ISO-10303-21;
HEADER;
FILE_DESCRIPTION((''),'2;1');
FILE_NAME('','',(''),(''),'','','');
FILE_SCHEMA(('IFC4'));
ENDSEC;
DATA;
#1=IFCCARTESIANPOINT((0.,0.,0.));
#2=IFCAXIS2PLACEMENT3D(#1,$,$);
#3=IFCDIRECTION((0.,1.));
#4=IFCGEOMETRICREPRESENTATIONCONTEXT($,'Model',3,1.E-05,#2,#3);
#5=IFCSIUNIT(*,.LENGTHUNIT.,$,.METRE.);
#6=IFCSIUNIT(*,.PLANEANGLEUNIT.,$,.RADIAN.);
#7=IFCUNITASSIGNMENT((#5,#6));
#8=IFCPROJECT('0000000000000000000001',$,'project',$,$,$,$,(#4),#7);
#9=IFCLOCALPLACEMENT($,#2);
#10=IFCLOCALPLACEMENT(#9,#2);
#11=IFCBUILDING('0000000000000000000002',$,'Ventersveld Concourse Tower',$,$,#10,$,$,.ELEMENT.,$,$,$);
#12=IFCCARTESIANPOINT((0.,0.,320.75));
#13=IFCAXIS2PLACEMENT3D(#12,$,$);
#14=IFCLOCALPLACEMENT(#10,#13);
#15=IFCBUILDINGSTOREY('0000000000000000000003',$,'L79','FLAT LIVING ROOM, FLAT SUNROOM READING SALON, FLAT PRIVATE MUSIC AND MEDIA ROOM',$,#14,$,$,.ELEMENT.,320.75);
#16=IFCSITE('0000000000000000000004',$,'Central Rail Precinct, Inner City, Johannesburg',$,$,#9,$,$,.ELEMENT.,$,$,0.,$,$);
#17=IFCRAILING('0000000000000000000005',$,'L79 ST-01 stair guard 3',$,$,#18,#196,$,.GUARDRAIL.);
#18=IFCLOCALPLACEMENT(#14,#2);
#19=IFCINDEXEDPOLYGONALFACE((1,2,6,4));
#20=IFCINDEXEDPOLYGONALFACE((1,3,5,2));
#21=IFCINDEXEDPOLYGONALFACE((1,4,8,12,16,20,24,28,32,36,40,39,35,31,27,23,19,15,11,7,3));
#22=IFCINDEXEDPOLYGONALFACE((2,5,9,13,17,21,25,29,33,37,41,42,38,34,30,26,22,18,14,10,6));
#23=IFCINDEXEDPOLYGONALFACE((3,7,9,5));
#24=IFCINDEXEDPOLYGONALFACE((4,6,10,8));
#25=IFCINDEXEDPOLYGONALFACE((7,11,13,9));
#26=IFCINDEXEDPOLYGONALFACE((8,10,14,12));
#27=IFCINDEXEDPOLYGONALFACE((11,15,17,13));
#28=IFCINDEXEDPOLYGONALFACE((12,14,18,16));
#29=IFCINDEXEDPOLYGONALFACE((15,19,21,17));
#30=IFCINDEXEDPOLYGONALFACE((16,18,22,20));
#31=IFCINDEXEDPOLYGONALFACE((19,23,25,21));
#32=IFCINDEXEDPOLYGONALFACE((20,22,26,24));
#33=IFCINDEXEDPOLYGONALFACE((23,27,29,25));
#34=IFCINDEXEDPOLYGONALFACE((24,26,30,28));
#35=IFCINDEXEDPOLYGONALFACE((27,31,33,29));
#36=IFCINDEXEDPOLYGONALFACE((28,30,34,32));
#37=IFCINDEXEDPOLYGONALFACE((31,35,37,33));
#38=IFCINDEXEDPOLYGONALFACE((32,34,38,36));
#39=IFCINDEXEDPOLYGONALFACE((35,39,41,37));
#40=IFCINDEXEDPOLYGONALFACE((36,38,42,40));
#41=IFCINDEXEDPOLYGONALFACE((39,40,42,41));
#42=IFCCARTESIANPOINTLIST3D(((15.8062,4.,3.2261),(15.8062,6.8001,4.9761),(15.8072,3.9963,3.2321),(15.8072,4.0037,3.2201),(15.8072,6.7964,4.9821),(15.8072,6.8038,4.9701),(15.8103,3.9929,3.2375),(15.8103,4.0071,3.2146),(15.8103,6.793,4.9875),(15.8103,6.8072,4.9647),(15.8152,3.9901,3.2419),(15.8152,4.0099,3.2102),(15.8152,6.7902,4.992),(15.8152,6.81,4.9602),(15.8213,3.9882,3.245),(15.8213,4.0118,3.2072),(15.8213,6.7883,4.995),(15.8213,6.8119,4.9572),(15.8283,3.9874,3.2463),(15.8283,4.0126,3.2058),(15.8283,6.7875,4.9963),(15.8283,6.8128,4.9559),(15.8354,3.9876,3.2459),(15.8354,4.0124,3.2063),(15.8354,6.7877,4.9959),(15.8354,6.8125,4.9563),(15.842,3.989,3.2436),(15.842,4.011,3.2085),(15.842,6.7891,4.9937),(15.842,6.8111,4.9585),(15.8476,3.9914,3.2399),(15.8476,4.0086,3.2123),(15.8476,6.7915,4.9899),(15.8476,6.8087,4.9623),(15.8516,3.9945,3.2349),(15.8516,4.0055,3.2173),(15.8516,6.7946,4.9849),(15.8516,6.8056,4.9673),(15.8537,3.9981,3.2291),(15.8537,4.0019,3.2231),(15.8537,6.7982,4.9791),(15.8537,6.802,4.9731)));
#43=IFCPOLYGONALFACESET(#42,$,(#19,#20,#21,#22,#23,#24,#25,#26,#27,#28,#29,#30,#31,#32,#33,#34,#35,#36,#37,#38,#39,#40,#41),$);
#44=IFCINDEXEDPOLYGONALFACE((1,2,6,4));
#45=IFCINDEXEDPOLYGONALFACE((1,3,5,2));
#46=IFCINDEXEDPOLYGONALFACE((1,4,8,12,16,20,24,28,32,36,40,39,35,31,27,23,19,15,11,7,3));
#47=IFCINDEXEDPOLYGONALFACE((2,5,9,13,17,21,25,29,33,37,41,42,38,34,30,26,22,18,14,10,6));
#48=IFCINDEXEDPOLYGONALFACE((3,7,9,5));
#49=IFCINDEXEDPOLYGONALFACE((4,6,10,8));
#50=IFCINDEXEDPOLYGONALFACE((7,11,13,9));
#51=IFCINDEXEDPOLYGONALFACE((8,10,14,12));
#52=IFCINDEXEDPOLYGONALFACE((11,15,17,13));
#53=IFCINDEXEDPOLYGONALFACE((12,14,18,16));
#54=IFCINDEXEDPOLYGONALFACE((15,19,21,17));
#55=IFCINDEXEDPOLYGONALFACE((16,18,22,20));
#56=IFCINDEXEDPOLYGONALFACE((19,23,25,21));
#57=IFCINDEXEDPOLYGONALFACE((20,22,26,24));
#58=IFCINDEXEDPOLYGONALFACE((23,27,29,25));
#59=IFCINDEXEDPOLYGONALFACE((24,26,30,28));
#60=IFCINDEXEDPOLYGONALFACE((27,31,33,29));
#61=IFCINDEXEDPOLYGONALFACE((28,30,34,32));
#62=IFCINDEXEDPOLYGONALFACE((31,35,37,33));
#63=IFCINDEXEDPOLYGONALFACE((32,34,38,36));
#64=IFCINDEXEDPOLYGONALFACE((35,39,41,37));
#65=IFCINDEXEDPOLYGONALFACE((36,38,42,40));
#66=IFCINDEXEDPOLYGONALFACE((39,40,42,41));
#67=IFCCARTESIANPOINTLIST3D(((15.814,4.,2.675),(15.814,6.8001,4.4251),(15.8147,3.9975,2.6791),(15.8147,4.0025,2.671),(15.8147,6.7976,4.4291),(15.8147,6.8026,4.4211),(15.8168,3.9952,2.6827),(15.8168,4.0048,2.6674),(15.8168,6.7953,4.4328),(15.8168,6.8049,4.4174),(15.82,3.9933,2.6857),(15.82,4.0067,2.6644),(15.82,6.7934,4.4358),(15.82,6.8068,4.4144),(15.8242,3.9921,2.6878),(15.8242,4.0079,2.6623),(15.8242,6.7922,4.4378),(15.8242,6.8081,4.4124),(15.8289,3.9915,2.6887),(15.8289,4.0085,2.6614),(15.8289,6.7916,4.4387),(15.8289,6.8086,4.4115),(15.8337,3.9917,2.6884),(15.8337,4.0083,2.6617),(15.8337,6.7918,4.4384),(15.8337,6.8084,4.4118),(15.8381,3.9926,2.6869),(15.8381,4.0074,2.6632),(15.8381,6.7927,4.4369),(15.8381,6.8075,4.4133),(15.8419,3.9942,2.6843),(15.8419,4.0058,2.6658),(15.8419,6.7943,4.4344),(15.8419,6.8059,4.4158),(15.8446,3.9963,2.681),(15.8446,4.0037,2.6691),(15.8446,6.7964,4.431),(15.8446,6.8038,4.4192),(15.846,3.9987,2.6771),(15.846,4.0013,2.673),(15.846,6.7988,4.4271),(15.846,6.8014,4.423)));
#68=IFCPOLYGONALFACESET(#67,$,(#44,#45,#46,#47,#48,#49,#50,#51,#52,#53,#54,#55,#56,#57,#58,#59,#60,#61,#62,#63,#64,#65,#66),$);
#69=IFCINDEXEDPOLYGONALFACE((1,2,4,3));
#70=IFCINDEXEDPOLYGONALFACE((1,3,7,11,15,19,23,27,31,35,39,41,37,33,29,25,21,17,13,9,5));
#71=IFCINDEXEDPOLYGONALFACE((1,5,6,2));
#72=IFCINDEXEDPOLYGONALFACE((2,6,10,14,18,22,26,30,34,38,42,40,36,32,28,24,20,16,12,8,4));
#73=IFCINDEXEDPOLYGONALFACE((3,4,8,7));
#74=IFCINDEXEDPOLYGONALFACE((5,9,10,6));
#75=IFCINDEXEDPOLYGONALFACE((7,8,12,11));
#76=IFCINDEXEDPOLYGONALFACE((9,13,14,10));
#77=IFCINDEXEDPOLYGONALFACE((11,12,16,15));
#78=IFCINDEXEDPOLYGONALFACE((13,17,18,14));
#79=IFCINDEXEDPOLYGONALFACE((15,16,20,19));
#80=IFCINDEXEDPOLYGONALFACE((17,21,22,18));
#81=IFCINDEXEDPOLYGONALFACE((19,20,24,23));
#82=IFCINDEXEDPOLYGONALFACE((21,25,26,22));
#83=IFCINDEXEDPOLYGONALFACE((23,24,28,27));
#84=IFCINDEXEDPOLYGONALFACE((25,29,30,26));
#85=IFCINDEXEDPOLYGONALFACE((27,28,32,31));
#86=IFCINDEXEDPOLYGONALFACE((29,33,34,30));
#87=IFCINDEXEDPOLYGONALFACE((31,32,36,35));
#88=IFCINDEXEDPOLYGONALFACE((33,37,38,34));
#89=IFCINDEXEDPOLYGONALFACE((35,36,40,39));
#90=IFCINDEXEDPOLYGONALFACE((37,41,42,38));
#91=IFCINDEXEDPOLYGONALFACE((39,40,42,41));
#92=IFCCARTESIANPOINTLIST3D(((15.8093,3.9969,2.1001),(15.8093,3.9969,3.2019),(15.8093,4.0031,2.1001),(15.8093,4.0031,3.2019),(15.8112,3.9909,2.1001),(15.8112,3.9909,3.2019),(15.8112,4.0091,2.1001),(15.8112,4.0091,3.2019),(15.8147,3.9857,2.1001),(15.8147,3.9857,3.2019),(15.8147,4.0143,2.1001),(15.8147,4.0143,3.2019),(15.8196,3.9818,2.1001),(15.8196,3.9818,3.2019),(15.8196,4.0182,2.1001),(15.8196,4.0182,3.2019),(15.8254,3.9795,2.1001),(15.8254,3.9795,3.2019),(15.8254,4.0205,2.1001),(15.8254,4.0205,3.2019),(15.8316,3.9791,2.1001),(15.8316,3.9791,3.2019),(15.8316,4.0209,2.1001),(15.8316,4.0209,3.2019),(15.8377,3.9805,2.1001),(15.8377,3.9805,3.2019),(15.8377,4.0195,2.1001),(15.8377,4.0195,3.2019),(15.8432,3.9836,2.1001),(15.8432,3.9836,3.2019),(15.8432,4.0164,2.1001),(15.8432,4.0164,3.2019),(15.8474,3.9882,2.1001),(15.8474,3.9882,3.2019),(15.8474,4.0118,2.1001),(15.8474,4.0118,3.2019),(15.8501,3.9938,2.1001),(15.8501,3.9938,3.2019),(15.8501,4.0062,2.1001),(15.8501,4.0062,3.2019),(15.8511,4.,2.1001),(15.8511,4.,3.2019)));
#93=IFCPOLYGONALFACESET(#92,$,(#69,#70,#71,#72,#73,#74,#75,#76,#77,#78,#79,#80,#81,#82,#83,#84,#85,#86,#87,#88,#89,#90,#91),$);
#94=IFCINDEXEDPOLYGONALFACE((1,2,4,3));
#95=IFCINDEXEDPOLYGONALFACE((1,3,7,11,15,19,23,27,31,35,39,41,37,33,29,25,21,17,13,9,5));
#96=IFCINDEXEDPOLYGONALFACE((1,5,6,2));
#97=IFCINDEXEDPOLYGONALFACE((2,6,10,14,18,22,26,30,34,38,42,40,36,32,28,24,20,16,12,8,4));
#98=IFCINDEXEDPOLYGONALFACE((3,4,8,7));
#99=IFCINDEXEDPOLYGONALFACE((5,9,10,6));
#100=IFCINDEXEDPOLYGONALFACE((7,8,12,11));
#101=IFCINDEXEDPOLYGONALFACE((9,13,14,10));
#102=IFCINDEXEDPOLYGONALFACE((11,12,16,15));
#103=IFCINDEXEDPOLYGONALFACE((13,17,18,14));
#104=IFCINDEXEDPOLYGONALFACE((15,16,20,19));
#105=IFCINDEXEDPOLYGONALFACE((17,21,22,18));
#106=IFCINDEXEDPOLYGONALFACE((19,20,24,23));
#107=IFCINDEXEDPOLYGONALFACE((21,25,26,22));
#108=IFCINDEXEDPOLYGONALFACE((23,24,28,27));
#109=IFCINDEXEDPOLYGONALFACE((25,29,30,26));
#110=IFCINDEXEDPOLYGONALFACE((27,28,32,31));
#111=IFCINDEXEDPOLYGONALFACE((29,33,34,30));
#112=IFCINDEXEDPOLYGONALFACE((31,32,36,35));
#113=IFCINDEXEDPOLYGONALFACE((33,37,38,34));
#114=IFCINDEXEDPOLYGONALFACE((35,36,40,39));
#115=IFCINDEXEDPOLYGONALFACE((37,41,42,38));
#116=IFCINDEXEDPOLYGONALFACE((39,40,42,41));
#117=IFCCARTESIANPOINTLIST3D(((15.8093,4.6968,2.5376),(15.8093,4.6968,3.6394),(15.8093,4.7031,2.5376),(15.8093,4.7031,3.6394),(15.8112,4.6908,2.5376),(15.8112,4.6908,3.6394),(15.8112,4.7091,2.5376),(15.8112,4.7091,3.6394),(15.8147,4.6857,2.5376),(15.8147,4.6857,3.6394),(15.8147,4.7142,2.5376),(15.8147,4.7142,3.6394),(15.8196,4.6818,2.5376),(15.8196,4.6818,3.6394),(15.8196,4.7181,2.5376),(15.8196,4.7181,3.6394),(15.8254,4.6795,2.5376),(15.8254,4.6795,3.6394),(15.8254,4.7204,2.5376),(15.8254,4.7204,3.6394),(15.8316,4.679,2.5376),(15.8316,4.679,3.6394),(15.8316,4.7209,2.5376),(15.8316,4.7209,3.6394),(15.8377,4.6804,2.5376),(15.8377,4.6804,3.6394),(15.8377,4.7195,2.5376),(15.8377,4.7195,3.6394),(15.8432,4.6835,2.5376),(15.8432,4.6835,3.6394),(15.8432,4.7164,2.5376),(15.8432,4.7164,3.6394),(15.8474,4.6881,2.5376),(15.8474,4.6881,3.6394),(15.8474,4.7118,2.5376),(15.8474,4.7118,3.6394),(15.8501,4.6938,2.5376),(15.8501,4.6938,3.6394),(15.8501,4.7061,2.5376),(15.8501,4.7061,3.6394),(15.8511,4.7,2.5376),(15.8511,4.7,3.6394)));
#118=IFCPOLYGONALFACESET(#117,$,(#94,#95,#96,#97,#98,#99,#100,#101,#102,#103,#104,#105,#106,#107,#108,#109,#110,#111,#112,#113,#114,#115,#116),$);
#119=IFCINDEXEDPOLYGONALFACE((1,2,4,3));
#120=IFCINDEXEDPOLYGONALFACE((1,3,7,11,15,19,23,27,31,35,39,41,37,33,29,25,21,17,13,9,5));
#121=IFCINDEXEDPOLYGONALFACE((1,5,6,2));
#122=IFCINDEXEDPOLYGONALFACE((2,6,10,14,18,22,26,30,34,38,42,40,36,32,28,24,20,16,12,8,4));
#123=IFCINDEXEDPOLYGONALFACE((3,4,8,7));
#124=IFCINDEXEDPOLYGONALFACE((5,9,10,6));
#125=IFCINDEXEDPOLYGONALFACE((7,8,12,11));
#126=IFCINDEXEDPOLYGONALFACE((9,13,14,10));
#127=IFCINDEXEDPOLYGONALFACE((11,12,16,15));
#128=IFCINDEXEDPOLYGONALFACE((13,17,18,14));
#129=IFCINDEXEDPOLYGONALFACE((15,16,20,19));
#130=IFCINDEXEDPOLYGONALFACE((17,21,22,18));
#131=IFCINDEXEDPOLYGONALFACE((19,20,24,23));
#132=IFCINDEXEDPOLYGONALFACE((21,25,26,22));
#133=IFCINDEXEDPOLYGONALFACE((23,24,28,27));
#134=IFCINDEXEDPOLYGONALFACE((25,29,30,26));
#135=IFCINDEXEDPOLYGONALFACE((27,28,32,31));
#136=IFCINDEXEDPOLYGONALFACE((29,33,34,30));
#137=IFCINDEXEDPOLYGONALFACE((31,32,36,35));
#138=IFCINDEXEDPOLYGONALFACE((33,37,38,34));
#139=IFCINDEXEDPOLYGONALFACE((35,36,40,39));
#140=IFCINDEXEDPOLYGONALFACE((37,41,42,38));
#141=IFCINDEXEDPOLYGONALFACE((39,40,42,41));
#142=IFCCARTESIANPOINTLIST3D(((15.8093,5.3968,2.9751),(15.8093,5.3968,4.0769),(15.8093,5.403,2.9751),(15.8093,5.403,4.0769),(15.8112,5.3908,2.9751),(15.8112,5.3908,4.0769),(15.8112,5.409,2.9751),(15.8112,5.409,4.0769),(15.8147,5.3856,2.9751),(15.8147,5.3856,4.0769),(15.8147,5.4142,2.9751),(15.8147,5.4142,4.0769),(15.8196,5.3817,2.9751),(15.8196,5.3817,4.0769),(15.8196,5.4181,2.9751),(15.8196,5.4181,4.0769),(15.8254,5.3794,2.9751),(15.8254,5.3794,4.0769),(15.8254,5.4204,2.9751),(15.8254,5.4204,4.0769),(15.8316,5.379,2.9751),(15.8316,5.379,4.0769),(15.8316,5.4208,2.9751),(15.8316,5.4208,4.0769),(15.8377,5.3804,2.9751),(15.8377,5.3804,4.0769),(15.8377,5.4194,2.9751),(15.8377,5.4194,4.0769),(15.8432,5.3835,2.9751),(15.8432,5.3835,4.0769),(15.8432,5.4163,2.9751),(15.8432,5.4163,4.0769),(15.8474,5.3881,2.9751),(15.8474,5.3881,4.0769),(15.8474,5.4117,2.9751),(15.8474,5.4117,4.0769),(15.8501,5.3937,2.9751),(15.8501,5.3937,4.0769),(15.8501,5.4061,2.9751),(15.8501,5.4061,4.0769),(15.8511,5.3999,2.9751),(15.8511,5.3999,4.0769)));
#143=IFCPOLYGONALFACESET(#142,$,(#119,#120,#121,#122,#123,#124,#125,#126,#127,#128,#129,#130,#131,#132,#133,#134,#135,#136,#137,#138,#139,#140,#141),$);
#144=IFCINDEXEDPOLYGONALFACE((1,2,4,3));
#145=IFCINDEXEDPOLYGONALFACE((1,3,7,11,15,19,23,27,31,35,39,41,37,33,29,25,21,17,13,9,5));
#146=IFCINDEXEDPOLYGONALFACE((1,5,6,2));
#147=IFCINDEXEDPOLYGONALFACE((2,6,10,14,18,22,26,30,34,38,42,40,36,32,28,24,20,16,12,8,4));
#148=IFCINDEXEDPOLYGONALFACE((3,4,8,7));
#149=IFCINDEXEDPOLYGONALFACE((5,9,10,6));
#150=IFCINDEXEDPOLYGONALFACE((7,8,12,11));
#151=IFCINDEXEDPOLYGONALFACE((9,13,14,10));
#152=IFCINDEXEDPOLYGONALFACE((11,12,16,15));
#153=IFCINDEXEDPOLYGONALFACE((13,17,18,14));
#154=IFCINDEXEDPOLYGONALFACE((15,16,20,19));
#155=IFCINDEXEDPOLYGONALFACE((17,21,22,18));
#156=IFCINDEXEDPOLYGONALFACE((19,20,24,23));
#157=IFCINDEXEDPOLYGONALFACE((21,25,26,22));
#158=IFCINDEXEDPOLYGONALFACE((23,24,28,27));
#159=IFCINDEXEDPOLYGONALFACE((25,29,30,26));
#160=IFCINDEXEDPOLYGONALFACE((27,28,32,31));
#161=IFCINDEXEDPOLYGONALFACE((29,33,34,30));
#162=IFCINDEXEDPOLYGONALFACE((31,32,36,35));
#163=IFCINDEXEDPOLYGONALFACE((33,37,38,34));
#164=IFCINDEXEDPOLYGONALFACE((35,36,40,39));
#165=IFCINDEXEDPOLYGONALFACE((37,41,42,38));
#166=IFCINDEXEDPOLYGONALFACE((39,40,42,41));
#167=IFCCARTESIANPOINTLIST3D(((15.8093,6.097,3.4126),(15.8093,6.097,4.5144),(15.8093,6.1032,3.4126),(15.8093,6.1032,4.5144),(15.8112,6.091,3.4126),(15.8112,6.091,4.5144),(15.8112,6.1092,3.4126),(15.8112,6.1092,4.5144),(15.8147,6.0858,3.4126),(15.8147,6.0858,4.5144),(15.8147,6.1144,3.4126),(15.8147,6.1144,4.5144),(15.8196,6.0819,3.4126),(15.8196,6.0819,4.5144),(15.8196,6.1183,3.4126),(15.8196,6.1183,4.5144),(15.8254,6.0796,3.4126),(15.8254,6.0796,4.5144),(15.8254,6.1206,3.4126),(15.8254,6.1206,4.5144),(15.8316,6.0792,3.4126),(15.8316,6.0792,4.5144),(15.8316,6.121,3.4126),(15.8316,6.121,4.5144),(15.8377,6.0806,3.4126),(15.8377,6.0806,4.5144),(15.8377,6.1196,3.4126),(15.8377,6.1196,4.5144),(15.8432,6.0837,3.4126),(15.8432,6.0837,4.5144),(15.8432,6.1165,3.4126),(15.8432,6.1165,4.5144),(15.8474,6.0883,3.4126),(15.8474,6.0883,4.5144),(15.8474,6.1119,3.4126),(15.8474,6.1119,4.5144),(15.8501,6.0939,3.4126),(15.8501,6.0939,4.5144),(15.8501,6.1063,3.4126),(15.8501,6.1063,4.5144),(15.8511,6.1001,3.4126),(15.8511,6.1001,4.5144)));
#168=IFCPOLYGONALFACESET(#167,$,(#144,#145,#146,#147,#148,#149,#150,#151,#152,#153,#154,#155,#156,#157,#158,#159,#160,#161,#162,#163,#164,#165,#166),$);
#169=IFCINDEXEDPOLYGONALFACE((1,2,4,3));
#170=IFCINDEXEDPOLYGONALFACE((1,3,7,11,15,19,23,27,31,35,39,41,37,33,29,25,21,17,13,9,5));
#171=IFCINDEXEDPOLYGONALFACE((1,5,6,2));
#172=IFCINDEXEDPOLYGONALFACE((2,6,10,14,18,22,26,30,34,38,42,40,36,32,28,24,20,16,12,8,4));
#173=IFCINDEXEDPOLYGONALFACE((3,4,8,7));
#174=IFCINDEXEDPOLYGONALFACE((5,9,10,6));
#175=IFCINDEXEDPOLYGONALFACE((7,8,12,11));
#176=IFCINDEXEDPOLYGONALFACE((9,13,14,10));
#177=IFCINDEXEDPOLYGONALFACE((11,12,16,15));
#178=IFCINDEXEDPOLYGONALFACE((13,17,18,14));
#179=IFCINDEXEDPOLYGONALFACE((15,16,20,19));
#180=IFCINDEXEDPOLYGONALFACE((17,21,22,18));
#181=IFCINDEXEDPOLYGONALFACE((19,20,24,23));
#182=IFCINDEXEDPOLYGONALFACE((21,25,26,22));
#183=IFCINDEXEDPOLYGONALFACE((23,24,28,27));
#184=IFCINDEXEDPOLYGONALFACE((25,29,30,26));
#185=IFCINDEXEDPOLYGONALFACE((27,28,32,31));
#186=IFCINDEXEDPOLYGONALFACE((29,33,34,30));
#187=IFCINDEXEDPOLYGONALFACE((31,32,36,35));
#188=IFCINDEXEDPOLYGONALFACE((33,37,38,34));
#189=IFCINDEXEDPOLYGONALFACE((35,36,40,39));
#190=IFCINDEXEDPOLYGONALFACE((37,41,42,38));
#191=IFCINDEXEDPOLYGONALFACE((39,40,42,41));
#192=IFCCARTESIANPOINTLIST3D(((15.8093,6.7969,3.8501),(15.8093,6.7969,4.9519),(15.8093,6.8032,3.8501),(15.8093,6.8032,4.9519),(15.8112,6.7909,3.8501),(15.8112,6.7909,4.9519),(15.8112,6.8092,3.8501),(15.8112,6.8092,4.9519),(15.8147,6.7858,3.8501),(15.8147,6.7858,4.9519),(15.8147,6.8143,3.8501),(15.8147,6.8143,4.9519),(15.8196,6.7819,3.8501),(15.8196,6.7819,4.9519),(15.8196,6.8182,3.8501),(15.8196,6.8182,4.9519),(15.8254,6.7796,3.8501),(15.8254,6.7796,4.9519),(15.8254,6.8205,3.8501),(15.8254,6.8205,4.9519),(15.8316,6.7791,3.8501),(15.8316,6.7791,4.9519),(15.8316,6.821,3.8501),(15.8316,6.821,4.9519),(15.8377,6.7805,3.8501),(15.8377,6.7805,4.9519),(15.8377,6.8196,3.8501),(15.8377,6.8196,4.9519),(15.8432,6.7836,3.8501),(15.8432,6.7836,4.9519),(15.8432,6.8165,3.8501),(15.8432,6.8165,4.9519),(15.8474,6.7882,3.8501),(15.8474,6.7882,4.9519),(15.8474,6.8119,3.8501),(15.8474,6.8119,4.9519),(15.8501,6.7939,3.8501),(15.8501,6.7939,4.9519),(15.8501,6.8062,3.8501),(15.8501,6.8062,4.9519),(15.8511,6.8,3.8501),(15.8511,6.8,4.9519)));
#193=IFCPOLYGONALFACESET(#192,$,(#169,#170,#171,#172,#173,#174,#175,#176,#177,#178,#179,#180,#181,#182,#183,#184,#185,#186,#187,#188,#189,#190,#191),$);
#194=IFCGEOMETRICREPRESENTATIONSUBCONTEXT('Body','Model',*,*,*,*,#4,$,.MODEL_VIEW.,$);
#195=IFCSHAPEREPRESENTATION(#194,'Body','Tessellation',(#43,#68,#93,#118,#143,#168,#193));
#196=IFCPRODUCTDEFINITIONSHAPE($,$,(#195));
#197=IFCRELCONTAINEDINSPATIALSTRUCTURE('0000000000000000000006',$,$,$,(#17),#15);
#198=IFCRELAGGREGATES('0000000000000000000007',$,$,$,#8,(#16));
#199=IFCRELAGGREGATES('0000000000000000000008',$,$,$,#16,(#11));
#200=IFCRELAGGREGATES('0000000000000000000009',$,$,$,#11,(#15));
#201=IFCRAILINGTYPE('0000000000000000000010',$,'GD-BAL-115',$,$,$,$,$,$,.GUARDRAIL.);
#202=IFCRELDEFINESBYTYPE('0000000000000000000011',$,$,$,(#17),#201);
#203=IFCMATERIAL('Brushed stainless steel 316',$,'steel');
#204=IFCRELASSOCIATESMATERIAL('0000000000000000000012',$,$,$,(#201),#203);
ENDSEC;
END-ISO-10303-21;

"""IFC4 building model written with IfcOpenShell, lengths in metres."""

from ifc_helpers import new_model, si_unit, direction, frame, origin, origin_2d, place, context, subcontext, project, spatial, circle, extrude, material, type_object, element, save


model = new_model("IFC4")

# Units and contexts
model_context = context("Model", 3, precision=1e-05, world=origin(), true_north=direction((0.0, 1.0)))
body_context = subcontext(model_context, "Body", "Model", "MODEL_VIEW")
ifc_project = project(units=[si_unit("LENGTHUNIT", "METRE"), si_unit("PLANEANGLEUNIT", "RADIAN")], contexts=[model_context])

# Site, building, storey
site_placement = place(None, origin())
site = spatial("IfcSite", under=ifc_project, at=site_placement, Name="Central Rail Precinct, Inner City, Johannesburg", CompositionType="ELEMENT", RefElevation=0.0)
building_placement = place(site_placement, origin())
building = spatial("IfcBuilding", under=site, at=building_placement, Name="Ventersveld Concourse Tower", CompositionType="ELEMENT")
storey_placement = place(building_placement, frame((0.0, 0.0, 320.75)))
storey = spatial("IfcBuildingStorey", under=building, at=storey_placement, Name="L79", Description="FLAT LIVING ROOM, FLAT SUNROOM READING SALON, FLAT PRIVATE MUSIC AND MEDIA ROOM", CompositionType="ELEMENT", Elevation=320.75)

# Shared definitions
ifc_material_1 = material(Name="Brushed stainless steel 316", Category="steel")

# Railing
railing_type_1 = type_object("IfcRailingType", Name="GD-BAL-115", PredefinedType="GUARDRAIL", material=ifc_material_1)
railing_1_placement = place(storey_placement, frame((15.8301, 4.0, 2.1001)))
element("IfcRailing", 1, at=railing_1_placement, inside=storey, type_object=railing_type_1, Name="L79 ST-01 stair guard 3", PredefinedType="GUARDRAIL", context=body_context, shape_type="SweptSolid", body=[
    extrude(circle(Radius=0.0239, at=origin_2d()), frame((0.0, 0.0, 1.126), z_axis=(0.0, 0.848002, 0.529992), x_axis=(-1.0, 0.0, 0.0)), (0.0, 0.0, 1.0), 3.302),
    extrude(circle(Radius=0.0161, at=origin_2d()), frame((0.0, 0.0, 0.575), z_axis=(0.0, 0.848002, 0.529992), x_axis=(-1.0, 0.0, 0.0)), (0.0, 0.0, 1.0), 3.302),
    extrude(circle(Radius=0.021, at=origin_2d()), origin(), (0.0, 0.0, 1.0), 1.1018),
    extrude(circle(Radius=0.021, at=origin_2d()), frame((0.0, 0.7, 0.4375)), (0.0, 0.0, 1.0), 1.1018),
    extrude(circle(Radius=0.021, at=origin_2d()), frame((0.0, 1.3999, 0.875)), (0.0, 0.0, 1.0), 1.1018),
    extrude(circle(Radius=0.021, at=origin_2d()), frame((0.0, 2.1001, 1.3125)), (0.0, 0.0, 1.0), 1.1018),
    extrude(circle(Radius=0.021, at=origin_2d()), frame((0.0, 2.8, 1.75)), (0.0, 0.0, 1.0), 1.1018),
])

save(model, "model.ifc")
